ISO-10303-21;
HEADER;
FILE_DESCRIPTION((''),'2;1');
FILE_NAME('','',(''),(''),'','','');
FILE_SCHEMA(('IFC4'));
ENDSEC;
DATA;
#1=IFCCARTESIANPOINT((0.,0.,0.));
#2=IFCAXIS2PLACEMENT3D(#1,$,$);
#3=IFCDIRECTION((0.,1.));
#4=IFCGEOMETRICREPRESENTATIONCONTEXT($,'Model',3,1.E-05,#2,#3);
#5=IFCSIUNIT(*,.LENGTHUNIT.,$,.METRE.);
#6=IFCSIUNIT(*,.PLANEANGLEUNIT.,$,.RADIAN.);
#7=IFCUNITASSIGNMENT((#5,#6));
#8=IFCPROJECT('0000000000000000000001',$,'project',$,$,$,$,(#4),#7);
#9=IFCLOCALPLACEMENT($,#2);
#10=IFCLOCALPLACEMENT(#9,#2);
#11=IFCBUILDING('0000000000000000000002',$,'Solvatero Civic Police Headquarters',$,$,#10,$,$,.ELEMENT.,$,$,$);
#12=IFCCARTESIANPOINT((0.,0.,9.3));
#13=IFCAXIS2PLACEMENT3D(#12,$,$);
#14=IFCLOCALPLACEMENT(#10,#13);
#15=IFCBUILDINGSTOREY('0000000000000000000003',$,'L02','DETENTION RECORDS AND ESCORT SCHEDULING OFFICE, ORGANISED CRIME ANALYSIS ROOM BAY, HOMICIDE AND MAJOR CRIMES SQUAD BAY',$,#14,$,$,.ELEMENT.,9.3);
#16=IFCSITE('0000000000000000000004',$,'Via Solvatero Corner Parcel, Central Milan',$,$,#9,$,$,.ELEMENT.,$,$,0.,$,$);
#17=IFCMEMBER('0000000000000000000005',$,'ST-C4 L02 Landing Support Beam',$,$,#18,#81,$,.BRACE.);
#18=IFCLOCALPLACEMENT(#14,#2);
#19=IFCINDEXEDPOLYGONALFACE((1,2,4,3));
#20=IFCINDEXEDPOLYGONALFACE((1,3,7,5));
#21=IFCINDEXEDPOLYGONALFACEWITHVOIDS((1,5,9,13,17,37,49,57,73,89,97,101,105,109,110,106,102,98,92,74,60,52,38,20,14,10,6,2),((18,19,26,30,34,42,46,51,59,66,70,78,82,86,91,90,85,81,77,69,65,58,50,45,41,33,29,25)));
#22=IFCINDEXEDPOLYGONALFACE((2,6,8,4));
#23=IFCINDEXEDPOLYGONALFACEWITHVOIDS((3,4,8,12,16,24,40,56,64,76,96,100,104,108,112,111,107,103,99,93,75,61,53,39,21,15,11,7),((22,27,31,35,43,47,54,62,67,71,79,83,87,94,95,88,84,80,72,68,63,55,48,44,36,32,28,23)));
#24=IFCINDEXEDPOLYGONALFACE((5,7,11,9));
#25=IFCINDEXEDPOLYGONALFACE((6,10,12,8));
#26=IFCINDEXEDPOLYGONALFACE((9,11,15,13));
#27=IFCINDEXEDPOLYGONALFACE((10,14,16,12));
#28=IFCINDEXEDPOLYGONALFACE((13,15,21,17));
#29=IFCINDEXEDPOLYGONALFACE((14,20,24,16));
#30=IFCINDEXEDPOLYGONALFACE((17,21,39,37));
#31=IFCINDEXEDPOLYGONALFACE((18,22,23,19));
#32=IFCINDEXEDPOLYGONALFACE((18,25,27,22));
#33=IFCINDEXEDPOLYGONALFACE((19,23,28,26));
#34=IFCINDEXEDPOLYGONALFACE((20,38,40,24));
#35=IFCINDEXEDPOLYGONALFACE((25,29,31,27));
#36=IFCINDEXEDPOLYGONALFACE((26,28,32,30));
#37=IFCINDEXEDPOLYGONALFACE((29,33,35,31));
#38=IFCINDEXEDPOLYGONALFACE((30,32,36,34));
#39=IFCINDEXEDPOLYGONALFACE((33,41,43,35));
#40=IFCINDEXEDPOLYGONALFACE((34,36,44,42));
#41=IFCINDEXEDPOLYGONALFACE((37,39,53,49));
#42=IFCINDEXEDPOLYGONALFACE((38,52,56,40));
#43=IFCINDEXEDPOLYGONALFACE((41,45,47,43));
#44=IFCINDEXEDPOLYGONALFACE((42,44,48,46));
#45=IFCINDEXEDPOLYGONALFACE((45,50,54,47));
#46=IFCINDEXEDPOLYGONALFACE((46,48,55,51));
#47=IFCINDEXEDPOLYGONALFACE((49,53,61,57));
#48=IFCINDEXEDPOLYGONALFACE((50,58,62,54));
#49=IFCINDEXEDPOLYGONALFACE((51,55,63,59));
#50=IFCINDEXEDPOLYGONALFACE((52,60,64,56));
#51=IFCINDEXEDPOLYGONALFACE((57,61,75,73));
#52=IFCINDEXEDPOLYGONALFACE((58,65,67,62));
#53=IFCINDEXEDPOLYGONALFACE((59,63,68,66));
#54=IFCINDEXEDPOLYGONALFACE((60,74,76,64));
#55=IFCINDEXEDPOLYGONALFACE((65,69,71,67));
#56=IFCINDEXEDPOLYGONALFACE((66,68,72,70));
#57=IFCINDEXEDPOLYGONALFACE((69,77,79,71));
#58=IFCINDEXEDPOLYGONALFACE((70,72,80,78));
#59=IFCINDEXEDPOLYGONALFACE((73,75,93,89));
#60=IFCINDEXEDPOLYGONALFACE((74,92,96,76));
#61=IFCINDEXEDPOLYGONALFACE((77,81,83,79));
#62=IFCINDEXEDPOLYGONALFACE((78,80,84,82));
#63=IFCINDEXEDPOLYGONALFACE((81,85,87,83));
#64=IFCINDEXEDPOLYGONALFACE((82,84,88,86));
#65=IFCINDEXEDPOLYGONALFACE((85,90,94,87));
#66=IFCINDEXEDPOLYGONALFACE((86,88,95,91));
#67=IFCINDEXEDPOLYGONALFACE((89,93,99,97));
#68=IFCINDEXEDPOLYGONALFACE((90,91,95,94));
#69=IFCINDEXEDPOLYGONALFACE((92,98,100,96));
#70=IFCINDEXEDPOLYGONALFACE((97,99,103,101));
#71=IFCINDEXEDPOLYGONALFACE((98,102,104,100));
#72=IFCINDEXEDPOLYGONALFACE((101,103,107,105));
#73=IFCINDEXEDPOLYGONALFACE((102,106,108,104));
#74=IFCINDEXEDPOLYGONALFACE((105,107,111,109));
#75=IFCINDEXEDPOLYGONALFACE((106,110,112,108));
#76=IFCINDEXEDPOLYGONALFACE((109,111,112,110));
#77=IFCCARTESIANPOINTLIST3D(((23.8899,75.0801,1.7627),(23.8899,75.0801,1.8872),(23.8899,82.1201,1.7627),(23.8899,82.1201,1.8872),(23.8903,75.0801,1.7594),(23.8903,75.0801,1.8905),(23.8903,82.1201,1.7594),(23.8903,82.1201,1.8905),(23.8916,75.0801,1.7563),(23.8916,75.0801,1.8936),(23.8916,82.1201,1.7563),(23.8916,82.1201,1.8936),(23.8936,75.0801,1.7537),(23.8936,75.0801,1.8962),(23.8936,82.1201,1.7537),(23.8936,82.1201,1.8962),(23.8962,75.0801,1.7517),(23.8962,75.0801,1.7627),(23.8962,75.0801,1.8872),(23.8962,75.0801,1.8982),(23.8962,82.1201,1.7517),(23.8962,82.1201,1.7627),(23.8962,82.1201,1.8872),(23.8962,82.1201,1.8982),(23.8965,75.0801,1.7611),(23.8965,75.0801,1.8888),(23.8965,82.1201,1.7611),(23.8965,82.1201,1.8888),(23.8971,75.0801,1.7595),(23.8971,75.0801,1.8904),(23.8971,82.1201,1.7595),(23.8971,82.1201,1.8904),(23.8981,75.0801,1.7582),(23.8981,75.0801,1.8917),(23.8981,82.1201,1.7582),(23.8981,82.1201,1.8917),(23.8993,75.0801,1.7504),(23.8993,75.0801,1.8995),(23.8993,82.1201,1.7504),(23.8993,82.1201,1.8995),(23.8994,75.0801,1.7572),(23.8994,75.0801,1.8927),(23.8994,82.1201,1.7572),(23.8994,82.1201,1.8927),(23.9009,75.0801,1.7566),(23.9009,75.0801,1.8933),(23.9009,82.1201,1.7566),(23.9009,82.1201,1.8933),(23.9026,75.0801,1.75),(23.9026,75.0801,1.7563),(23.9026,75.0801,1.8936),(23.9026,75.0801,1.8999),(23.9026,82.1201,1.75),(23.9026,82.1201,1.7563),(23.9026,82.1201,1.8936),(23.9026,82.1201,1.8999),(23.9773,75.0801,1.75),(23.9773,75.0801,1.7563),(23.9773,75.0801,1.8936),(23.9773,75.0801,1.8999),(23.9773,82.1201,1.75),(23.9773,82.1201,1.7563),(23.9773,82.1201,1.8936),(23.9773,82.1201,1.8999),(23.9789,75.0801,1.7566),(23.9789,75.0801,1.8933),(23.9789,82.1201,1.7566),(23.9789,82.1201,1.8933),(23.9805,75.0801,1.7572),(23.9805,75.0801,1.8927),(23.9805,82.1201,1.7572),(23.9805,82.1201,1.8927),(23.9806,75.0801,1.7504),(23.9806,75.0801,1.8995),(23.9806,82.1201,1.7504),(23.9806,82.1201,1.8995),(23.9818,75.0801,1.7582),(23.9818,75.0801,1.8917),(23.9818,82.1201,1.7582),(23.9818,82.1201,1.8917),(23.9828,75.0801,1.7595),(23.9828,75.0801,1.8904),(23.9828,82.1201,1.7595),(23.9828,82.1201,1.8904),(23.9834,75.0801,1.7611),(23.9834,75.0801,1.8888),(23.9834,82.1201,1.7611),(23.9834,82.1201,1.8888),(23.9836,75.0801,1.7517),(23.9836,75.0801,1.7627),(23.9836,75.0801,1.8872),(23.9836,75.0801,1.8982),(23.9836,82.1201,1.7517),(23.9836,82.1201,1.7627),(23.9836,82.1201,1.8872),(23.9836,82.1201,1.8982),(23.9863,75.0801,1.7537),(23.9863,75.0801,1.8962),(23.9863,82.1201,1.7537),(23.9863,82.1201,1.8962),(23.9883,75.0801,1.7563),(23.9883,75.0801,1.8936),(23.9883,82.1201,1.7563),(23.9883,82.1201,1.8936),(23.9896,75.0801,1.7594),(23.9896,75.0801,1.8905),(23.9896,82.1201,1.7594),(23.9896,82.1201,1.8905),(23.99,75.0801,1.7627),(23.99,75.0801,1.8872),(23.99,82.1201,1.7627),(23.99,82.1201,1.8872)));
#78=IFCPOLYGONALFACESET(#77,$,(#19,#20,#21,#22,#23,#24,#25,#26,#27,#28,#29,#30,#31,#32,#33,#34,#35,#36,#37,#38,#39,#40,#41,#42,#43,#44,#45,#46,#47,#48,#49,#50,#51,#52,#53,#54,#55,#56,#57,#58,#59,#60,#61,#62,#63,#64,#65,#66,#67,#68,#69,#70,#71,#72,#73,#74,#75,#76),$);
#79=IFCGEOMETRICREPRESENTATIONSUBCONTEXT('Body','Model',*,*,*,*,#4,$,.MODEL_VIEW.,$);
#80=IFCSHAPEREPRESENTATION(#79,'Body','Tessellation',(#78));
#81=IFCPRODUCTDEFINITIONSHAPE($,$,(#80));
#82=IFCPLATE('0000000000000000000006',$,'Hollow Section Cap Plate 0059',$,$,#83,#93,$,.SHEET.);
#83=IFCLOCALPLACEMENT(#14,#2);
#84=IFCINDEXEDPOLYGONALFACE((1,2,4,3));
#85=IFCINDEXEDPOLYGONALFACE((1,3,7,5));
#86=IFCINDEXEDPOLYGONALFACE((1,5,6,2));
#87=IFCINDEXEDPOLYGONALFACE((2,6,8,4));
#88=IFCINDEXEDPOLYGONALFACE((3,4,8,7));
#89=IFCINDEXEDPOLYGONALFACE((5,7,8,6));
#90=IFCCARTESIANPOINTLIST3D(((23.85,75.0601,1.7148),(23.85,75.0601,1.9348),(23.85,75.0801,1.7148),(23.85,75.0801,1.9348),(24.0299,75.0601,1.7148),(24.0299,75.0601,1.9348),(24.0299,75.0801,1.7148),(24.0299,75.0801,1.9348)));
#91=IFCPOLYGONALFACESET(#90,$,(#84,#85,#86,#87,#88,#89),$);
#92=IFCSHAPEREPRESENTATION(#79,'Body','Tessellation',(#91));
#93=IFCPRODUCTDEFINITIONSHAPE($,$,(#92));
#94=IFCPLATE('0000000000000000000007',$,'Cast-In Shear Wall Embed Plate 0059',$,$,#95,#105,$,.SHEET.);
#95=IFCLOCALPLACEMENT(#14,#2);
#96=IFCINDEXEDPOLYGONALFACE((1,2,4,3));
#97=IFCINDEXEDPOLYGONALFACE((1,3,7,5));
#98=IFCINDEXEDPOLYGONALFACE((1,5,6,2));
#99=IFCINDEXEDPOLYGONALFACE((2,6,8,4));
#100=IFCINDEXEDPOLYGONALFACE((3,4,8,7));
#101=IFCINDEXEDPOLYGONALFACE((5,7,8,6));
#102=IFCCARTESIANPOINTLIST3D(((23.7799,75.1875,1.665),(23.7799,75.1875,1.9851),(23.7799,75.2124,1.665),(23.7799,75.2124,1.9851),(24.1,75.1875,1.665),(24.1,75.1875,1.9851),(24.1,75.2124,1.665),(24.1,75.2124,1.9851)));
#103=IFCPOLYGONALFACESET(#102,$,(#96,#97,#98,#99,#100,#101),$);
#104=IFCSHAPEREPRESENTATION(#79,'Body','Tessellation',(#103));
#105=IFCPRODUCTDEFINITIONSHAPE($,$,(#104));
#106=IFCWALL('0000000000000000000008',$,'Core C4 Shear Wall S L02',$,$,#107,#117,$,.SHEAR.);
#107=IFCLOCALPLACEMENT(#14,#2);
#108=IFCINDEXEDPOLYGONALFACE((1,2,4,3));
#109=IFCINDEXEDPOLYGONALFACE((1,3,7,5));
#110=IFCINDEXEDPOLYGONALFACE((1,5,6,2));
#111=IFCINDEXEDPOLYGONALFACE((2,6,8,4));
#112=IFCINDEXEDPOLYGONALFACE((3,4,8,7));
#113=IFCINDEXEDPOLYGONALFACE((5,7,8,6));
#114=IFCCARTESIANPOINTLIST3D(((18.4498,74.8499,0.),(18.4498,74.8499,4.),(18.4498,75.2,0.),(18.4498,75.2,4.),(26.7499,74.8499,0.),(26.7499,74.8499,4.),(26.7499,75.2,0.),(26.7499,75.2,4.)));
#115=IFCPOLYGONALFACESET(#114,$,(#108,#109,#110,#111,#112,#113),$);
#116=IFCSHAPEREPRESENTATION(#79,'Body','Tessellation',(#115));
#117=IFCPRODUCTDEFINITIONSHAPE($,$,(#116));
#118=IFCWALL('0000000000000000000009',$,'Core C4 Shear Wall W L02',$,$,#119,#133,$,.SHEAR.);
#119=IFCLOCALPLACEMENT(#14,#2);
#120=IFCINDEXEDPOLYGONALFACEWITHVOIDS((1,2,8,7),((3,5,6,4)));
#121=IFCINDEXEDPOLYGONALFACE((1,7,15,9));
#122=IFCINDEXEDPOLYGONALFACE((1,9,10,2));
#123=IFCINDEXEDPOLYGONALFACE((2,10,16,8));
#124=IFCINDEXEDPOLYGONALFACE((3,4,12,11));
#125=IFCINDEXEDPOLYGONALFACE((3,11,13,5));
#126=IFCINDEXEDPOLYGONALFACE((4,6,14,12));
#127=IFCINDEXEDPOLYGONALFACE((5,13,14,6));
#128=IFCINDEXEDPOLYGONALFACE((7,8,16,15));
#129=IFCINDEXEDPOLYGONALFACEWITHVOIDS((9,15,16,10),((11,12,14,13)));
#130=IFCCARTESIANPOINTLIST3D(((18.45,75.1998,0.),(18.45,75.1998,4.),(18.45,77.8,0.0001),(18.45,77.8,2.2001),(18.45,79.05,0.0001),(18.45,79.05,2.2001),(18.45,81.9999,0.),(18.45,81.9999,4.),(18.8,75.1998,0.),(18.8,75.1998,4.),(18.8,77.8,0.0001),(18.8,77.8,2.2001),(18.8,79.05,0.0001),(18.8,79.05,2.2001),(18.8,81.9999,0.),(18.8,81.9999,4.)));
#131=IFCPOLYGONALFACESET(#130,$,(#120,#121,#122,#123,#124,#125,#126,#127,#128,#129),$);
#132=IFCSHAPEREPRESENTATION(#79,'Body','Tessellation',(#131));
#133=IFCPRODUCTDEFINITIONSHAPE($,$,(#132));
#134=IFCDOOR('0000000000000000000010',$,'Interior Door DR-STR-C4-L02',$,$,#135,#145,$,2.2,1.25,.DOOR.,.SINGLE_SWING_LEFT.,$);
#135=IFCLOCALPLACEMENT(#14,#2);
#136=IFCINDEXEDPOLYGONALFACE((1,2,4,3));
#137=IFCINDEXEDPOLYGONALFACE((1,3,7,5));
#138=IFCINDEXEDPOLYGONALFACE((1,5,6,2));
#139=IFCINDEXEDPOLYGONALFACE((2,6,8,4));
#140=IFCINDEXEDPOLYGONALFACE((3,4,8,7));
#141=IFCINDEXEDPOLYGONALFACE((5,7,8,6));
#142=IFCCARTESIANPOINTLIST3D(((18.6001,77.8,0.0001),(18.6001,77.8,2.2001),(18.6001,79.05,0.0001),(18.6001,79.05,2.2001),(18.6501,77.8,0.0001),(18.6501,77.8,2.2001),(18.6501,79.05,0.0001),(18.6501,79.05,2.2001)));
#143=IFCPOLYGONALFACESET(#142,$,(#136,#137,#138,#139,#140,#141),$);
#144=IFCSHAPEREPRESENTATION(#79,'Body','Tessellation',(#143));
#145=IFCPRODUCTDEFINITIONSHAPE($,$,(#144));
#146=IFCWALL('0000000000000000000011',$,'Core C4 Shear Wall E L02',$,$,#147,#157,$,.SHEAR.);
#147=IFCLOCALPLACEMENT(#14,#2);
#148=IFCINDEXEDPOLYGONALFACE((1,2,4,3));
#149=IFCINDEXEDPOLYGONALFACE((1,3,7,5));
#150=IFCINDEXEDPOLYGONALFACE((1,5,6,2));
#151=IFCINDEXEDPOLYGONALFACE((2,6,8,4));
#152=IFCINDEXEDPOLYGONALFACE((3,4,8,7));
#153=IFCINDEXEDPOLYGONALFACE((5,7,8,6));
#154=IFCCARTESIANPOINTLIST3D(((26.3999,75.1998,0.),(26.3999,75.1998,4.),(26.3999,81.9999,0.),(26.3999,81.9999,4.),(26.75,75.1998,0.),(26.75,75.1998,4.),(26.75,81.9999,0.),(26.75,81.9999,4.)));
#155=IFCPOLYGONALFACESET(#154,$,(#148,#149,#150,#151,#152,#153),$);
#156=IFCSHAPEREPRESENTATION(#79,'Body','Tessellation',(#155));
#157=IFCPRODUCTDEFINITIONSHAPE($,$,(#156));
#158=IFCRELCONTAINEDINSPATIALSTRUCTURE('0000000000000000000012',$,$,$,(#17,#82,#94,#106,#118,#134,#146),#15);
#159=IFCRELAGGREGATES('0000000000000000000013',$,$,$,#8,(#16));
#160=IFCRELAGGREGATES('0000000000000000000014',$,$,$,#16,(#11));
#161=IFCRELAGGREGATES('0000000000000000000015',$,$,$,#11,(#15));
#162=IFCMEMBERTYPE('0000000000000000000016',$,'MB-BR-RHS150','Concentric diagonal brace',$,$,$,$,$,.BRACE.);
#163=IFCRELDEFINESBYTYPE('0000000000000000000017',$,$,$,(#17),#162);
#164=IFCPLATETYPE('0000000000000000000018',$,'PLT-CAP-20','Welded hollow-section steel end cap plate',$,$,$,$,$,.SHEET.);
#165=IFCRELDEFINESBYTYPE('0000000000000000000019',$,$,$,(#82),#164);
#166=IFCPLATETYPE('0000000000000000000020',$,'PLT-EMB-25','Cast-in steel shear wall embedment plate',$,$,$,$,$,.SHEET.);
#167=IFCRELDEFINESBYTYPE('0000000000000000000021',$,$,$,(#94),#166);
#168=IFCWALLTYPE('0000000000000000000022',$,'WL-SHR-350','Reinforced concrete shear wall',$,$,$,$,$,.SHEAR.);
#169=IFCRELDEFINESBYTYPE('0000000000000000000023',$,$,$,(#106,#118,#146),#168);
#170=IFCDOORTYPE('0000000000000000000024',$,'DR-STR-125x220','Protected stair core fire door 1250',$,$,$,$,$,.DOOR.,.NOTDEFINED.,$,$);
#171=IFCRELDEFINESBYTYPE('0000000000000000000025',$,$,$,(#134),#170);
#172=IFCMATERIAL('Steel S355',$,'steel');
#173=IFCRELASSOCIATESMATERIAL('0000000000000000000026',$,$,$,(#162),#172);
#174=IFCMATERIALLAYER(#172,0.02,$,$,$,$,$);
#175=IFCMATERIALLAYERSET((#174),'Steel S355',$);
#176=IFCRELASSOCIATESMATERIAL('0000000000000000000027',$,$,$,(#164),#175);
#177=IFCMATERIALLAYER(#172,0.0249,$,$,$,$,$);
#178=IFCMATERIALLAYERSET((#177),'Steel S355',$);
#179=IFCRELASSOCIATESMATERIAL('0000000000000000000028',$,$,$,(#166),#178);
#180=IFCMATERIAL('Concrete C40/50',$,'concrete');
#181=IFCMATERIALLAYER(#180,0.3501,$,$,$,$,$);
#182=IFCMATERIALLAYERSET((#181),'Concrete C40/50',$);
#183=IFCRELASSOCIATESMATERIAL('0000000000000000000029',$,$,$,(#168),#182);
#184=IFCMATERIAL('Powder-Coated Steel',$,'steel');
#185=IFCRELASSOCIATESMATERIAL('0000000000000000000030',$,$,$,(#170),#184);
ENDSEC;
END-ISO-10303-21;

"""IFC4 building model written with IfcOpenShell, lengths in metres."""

from ifc_helpers import new_model, si_unit, direction, frame, frame_2d, origin, origin_2d, place, context, subcontext, project, spatial, rectangle, hollow_rectangle, extrude, material, layer, layer_set, material_profile, profile_set, type_object, element, fill, save


model = new_model("IFC4")

# Units and contexts
model_context = context("Model", 3, precision=1e-05, world=origin(), true_north=direction((0.0, 1.0)))
body_context = subcontext(model_context, "Body", "Model", "MODEL_VIEW")
ifc_project = project(units=[si_unit("LENGTHUNIT", "METRE"), si_unit("PLANEANGLEUNIT", "RADIAN")], contexts=[model_context])

# Site, building, storey
site_placement = place(None, origin())
site = spatial("IfcSite", under=ifc_project, at=site_placement, Name="Via Solvatero Corner Parcel, Central Milan", CompositionType="ELEMENT", RefElevation=0.0)
building_placement = place(site_placement, origin())
building = spatial("IfcBuilding", under=site, at=building_placement, Name="Solvatero Civic Police Headquarters", CompositionType="ELEMENT")
storey_placement = place(building_placement, frame((0.0, 0.0, 9.3)))
storey = spatial("IfcBuildingStorey", under=building, at=storey_placement, Name="L02", Description="DETENTION RECORDS AND ESCORT SCHEDULING OFFICE, ORGANISED CRIME ANALYSIS ROOM BAY, HOMICIDE AND MAJOR CRIMES SQUAD BAY", CompositionType="ELEMENT", Elevation=9.3)

# Shared definitions
ifc_material_1 = material(Name="Steel S355", Category="steel")

# Member
ifc_material_profile_1 = material_profile(ifc_material_1, hollow_rectangle(XDim=0.1001, YDim=0.1499, WallThickness=0.0063, InnerFilletRadius=0.0063, OuterFilletRadius=0.0127, at=origin_2d()), Name="RHS 150x100x6.3")
ifc_profile_set_1 = profile_set([ifc_material_profile_1], Name="Steel S355")
member_type = type_object("IfcMemberType", Name="MB-BR-RHS150", Description="Concentric diagonal brace", PredefinedType="BRACE", material=ifc_profile_set_1)
member_placement = place(storey_placement, frame((23.9399, 75.0801, 1.825), z_axis=(0.0, 1.0, 0.0), x_axis=(-1.0, 0.0, 0.0)))
element("IfcMember", 1, at=member_placement, inside=storey, type_object=member_type, Name="ST-C4 L02 Landing Support Beam", PredefinedType="BRACE", context=body_context, shape_type="SweptSolid", body=[
    extrude(hollow_rectangle(XDim=0.1001, YDim=0.1499, WallThickness=0.0063, InnerFilletRadius=0.0063, OuterFilletRadius=0.0127, at=origin_2d()), origin(), (0.0, 0.0, 1.0), 7.04),
])

# Plates
ifc_layer_1 = layer(ifc_material_1, 0.02)
ifc_layer_set_1 = layer_set([ifc_layer_1], Name="Steel S355")
plate_type_1 = type_object("IfcPlateType", Name="PLT-CAP-20", Description="Welded hollow-section steel end cap plate", PredefinedType="SHEET", material=ifc_layer_set_1)
plate_1_placement = place(storey_placement, frame((23.9399, 75.0701, 1.7148), z_axis=(0.0, 0.0, 1.0), x_axis=(1.0, 0.0, 0.0)))
element("IfcPlate", 2, at=plate_1_placement, inside=storey, type_object=plate_type_1, Name="Hollow Section Cap Plate 0059", PredefinedType="SHEET", context=body_context, shape_type="SweptSolid", body=[
    extrude(rectangle(XDim=0.1799, YDim=0.02, at=origin_2d()), origin(), (0.0, 0.0, 1.0), 0.22),
])
ifc_layer_2 = layer(ifc_material_1, 0.0249)
ifc_layer_set_2 = layer_set([ifc_layer_2], Name="Steel S355")
plate_type_2 = type_object("IfcPlateType", Name="PLT-EMB-25", Description="Cast-in steel shear wall embedment plate", PredefinedType="SHEET", material=ifc_layer_set_2)
plate_2_placement = place(storey_placement, frame((23.9399, 75.2, 1.665), z_axis=(0.0, 0.0, 1.0), x_axis=(1.0, 0.0, 0.0)))
element("IfcPlate", 3, at=plate_2_placement, inside=storey, type_object=plate_type_2, Name="Cast-In Shear Wall Embed Plate 0059", PredefinedType="SHEET", context=body_context, shape_type="SweptSolid", body=[
    extrude(rectangle(XDim=0.3201, YDim=0.0249, at=origin_2d()), origin(), (0.0, 0.0, 1.0), 0.3201),
])

# Wall
ifc_material_2 = material(Name="Concrete C40/50", Category="concrete")
ifc_layer_3 = layer(ifc_material_2, 0.3501)
ifc_layer_set_3 = layer_set([ifc_layer_3], Name="Concrete C40/50")
wall_type = type_object("IfcWallType", Name="WL-SHR-350", Description="Reinforced concrete shear wall", PredefinedType="SHEAR", material=ifc_layer_set_3)
wall_1_placement = place(storey_placement, frame((18.45, 75.0249, 0.0), z_axis=(0.0, 0.0, 1.0), x_axis=(1.0, 0.0, 0.0)))
element("IfcWall", 4, at=wall_1_placement, inside=storey, type_object=wall_type, Name="Core C4 Shear Wall S L02", PredefinedType="SHEAR", context=body_context, shape_type="SweptSolid", body=[
    extrude(rectangle(XDim=8.3, YDim=0.3501, at=frame_2d((4.1499, 0.0))), origin(), (0.0, 0.0, 1.0), 4.0),
])

# Wall, opening, door
wall_2_placement = place(storey_placement, frame((18.625, 75.2, 0.0), z_axis=(0.0, 0.0, 1.0), x_axis=(0.0, 1.0, 0.0)))
wall_2 = element("IfcWall", 5, at=wall_2_placement, inside=storey, type_object=wall_type, Name="Core C4 Shear Wall W L02", PredefinedType="SHEAR", context=body_context, shape_type="SweptSolid", body=[
    extrude(rectangle(XDim=6.8, YDim=0.3501, at=frame_2d((3.3999, 0.0))), origin(), (0.0, 0.0, 1.0), 4.0),
])
opening_placement = place(wall_2_placement, frame((2.6001, 0.0, 0.0)))
opening = element("IfcOpeningElement", 6, at=opening_placement, cuts=wall_2, PredefinedType="OPENING", context=body_context, shape_type="SweptSolid", body=[
    extrude(rectangle(XDim=1.25, YDim=2.2, at=frame_2d((0.625, 1.1001))), frame((0.0, 0.1851, 0.0), z_axis=(0.0, -1.0, 0.0), x_axis=(1.0, 0.0, 0.0)), (0.0, 0.0, 1.0), 0.3701),
])
ifc_material_3 = material(Name="Powder-Coated Steel", Category="steel")
door_type = type_object("IfcDoorType", Name="DR-STR-125x220", Description="Protected stair core fire door 1250", OperationType="NOTDEFINED", PredefinedType="DOOR", material=ifc_material_3)
door_placement = place(opening_placement, origin())
door = element("IfcDoor", 7, at=door_placement, inside=storey, type_object=door_type, Name="Interior Door DR-STR-C4-L02", OperationType="SINGLE_SWING_LEFT", OverallHeight=2.2, OverallWidth=1.25, PredefinedType="DOOR", context=body_context, shape_type="SweptSolid", body=[
    extrude(rectangle(XDim=1.25, YDim=2.2, at=frame_2d((0.625, 1.1001))), frame((0.0, 0.0249, 0.0), z_axis=(0.0, -1.0, 0.0), x_axis=(1.0, 0.0, 0.0)), (0.0, 0.0, 1.0), 0.05),
])
fill(opening, door)

# Wall
wall_3_placement = place(storey_placement, frame((26.575, 75.2, 0.0), z_axis=(0.0, 0.0, 1.0), x_axis=(0.0, 1.0, 0.0)))
element("IfcWall", 8, at=wall_3_placement, inside=storey, type_object=wall_type, Name="Core C4 Shear Wall E L02", PredefinedType="SHEAR", context=body_context, shape_type="SweptSolid", body=[
    extrude(rectangle(XDim=6.8, YDim=0.3501, at=frame_2d((3.3999, 0.0))), origin(), (0.0, 0.0, 1.0), 4.0),
])

save(model, "model.ifc")
